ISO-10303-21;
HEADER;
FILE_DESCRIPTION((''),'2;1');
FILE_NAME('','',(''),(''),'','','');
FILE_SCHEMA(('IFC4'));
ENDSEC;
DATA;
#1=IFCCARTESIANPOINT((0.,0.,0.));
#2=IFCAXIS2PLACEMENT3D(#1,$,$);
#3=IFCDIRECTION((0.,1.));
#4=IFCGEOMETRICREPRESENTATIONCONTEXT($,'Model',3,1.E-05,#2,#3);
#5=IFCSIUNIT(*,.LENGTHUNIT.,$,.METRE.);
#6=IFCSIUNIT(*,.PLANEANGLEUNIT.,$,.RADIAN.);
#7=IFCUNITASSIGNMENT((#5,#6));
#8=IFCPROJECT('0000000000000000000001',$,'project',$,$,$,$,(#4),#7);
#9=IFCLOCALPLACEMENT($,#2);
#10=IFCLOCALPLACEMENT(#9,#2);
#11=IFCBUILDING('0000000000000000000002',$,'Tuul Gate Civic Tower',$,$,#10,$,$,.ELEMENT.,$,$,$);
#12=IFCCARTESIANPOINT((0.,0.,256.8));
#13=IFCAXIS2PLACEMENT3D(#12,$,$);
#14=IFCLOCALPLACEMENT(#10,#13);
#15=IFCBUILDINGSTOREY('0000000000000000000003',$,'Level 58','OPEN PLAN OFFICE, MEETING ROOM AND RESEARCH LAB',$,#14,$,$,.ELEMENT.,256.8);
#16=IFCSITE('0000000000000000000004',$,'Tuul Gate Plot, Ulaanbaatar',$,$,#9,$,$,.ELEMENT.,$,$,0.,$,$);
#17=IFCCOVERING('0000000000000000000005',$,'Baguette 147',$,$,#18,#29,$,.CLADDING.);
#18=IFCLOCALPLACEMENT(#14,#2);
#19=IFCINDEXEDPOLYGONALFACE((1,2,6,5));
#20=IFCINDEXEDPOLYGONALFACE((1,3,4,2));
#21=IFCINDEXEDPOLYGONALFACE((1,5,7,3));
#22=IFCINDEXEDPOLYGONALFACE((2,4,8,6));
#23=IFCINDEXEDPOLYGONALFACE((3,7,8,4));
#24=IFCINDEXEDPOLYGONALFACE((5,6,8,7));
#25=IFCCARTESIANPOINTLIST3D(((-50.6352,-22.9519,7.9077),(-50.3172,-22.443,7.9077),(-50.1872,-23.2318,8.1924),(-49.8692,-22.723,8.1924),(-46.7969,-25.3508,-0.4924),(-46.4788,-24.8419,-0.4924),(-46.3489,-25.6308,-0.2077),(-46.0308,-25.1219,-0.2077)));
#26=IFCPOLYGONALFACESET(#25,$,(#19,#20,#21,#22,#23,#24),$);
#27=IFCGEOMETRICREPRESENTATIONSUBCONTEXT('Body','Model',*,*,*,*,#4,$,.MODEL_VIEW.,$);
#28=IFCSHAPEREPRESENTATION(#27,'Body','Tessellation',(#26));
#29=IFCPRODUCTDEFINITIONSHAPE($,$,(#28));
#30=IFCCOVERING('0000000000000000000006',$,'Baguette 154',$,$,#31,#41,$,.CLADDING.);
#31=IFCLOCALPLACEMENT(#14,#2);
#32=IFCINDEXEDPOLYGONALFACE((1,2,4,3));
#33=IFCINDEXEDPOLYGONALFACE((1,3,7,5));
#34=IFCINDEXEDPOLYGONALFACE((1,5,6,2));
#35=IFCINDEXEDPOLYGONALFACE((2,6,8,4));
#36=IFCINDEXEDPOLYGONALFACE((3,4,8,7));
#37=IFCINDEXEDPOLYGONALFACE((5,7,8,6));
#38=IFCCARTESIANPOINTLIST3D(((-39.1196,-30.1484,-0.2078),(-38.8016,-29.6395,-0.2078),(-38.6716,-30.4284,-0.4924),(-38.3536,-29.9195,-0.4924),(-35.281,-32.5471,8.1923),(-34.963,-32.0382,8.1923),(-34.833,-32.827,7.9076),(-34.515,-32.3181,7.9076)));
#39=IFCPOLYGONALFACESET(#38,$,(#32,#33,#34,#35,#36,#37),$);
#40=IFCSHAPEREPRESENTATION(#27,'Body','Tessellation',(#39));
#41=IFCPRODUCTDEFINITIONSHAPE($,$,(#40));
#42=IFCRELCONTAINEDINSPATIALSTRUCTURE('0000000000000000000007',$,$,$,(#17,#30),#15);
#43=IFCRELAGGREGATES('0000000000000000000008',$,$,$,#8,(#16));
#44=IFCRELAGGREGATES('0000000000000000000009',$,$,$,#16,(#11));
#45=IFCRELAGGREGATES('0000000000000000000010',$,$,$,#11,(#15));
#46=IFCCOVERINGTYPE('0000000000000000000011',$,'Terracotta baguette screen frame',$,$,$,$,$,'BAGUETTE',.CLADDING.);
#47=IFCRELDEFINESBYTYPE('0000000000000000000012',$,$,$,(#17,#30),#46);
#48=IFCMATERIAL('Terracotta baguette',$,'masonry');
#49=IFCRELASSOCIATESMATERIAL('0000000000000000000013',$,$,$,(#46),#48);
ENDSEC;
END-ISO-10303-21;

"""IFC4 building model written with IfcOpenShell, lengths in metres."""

from ifc_helpers import new_model, si_unit, direction, frame, origin, origin_2d, place, context, subcontext, project, spatial, rectangle, extrude, material, material_profile, profile_set, type_object, element, save


model = new_model("IFC4")

# Units and contexts
model_context = context("Model", 3, precision=1e-05, world=origin(), true_north=direction((0.0, 1.0)))
body_context = subcontext(model_context, "Body", "Model", "MODEL_VIEW")
ifc_project = project(units=[si_unit("LENGTHUNIT", "METRE"), si_unit("PLANEANGLEUNIT", "RADIAN")], contexts=[model_context])

# Site, building, storey
site_placement = place(None, origin())
site = spatial("IfcSite", under=ifc_project, at=site_placement, Name="Tuul Gate Plot, Ulaanbaatar", CompositionType="ELEMENT", RefElevation=0.0)
building_placement = place(site_placement, origin())
building = spatial("IfcBuilding", under=site, at=building_placement, Name="Tuul Gate Civic Tower", CompositionType="ELEMENT")
storey_placement = place(building_placement, frame((0.0, 0.0, 256.8)))
storey = spatial("IfcBuildingStorey", under=building, at=storey_placement, Name="Level 58", Description="OPEN PLAN OFFICE, MEETING ROOM AND RESEARCH LAB", CompositionType="ELEMENT", Elevation=256.8)

# Coverings
ifc_material_1 = material(Name="Terracotta baguette", Category="masonry")
ifc_material_profile_1 = material_profile(ifc_material_1, rectangle(XDim=0.6001, YDim=0.6001, at=origin_2d()), Name="Terracotta baguette screen frame")
ifc_profile_set_1 = profile_set([ifc_material_profile_1], Name="Terracotta baguette")
covering_type = type_object("IfcCoveringType", Name="Terracotta baguette screen frame", ElementType="BAGUETTE", PredefinedType="CLADDING", material=ifc_profile_set_1)
for number, where, z_axis, x_axis, name in (
    (1, (-50.2522, -22.8374, 8.05), (0.40226, -0.251406, -0.880331), (0.529989, 0.848004, 0.0), "Baguette 147"),
    (2, (-38.7366, -30.0339, -0.3501), (0.402284, -0.25138, 0.880327), (0.529926, 0.848044, 0.0), "Baguette 154"),
):
    element("IfcCovering", number, at=place(storey_placement, frame(where, z_axis=z_axis, x_axis=x_axis)), inside=storey, type_object=covering_type, Name=name, PredefinedType="CLADDING", context=body_context, shape_type="SweptSolid", body=[
        extrude(rectangle(XDim=0.6001, YDim=0.6001, at=origin_2d()), origin(), (0.0, 0.0, 1.0), 9.542),
    ])

save(model, "model.ifc")
